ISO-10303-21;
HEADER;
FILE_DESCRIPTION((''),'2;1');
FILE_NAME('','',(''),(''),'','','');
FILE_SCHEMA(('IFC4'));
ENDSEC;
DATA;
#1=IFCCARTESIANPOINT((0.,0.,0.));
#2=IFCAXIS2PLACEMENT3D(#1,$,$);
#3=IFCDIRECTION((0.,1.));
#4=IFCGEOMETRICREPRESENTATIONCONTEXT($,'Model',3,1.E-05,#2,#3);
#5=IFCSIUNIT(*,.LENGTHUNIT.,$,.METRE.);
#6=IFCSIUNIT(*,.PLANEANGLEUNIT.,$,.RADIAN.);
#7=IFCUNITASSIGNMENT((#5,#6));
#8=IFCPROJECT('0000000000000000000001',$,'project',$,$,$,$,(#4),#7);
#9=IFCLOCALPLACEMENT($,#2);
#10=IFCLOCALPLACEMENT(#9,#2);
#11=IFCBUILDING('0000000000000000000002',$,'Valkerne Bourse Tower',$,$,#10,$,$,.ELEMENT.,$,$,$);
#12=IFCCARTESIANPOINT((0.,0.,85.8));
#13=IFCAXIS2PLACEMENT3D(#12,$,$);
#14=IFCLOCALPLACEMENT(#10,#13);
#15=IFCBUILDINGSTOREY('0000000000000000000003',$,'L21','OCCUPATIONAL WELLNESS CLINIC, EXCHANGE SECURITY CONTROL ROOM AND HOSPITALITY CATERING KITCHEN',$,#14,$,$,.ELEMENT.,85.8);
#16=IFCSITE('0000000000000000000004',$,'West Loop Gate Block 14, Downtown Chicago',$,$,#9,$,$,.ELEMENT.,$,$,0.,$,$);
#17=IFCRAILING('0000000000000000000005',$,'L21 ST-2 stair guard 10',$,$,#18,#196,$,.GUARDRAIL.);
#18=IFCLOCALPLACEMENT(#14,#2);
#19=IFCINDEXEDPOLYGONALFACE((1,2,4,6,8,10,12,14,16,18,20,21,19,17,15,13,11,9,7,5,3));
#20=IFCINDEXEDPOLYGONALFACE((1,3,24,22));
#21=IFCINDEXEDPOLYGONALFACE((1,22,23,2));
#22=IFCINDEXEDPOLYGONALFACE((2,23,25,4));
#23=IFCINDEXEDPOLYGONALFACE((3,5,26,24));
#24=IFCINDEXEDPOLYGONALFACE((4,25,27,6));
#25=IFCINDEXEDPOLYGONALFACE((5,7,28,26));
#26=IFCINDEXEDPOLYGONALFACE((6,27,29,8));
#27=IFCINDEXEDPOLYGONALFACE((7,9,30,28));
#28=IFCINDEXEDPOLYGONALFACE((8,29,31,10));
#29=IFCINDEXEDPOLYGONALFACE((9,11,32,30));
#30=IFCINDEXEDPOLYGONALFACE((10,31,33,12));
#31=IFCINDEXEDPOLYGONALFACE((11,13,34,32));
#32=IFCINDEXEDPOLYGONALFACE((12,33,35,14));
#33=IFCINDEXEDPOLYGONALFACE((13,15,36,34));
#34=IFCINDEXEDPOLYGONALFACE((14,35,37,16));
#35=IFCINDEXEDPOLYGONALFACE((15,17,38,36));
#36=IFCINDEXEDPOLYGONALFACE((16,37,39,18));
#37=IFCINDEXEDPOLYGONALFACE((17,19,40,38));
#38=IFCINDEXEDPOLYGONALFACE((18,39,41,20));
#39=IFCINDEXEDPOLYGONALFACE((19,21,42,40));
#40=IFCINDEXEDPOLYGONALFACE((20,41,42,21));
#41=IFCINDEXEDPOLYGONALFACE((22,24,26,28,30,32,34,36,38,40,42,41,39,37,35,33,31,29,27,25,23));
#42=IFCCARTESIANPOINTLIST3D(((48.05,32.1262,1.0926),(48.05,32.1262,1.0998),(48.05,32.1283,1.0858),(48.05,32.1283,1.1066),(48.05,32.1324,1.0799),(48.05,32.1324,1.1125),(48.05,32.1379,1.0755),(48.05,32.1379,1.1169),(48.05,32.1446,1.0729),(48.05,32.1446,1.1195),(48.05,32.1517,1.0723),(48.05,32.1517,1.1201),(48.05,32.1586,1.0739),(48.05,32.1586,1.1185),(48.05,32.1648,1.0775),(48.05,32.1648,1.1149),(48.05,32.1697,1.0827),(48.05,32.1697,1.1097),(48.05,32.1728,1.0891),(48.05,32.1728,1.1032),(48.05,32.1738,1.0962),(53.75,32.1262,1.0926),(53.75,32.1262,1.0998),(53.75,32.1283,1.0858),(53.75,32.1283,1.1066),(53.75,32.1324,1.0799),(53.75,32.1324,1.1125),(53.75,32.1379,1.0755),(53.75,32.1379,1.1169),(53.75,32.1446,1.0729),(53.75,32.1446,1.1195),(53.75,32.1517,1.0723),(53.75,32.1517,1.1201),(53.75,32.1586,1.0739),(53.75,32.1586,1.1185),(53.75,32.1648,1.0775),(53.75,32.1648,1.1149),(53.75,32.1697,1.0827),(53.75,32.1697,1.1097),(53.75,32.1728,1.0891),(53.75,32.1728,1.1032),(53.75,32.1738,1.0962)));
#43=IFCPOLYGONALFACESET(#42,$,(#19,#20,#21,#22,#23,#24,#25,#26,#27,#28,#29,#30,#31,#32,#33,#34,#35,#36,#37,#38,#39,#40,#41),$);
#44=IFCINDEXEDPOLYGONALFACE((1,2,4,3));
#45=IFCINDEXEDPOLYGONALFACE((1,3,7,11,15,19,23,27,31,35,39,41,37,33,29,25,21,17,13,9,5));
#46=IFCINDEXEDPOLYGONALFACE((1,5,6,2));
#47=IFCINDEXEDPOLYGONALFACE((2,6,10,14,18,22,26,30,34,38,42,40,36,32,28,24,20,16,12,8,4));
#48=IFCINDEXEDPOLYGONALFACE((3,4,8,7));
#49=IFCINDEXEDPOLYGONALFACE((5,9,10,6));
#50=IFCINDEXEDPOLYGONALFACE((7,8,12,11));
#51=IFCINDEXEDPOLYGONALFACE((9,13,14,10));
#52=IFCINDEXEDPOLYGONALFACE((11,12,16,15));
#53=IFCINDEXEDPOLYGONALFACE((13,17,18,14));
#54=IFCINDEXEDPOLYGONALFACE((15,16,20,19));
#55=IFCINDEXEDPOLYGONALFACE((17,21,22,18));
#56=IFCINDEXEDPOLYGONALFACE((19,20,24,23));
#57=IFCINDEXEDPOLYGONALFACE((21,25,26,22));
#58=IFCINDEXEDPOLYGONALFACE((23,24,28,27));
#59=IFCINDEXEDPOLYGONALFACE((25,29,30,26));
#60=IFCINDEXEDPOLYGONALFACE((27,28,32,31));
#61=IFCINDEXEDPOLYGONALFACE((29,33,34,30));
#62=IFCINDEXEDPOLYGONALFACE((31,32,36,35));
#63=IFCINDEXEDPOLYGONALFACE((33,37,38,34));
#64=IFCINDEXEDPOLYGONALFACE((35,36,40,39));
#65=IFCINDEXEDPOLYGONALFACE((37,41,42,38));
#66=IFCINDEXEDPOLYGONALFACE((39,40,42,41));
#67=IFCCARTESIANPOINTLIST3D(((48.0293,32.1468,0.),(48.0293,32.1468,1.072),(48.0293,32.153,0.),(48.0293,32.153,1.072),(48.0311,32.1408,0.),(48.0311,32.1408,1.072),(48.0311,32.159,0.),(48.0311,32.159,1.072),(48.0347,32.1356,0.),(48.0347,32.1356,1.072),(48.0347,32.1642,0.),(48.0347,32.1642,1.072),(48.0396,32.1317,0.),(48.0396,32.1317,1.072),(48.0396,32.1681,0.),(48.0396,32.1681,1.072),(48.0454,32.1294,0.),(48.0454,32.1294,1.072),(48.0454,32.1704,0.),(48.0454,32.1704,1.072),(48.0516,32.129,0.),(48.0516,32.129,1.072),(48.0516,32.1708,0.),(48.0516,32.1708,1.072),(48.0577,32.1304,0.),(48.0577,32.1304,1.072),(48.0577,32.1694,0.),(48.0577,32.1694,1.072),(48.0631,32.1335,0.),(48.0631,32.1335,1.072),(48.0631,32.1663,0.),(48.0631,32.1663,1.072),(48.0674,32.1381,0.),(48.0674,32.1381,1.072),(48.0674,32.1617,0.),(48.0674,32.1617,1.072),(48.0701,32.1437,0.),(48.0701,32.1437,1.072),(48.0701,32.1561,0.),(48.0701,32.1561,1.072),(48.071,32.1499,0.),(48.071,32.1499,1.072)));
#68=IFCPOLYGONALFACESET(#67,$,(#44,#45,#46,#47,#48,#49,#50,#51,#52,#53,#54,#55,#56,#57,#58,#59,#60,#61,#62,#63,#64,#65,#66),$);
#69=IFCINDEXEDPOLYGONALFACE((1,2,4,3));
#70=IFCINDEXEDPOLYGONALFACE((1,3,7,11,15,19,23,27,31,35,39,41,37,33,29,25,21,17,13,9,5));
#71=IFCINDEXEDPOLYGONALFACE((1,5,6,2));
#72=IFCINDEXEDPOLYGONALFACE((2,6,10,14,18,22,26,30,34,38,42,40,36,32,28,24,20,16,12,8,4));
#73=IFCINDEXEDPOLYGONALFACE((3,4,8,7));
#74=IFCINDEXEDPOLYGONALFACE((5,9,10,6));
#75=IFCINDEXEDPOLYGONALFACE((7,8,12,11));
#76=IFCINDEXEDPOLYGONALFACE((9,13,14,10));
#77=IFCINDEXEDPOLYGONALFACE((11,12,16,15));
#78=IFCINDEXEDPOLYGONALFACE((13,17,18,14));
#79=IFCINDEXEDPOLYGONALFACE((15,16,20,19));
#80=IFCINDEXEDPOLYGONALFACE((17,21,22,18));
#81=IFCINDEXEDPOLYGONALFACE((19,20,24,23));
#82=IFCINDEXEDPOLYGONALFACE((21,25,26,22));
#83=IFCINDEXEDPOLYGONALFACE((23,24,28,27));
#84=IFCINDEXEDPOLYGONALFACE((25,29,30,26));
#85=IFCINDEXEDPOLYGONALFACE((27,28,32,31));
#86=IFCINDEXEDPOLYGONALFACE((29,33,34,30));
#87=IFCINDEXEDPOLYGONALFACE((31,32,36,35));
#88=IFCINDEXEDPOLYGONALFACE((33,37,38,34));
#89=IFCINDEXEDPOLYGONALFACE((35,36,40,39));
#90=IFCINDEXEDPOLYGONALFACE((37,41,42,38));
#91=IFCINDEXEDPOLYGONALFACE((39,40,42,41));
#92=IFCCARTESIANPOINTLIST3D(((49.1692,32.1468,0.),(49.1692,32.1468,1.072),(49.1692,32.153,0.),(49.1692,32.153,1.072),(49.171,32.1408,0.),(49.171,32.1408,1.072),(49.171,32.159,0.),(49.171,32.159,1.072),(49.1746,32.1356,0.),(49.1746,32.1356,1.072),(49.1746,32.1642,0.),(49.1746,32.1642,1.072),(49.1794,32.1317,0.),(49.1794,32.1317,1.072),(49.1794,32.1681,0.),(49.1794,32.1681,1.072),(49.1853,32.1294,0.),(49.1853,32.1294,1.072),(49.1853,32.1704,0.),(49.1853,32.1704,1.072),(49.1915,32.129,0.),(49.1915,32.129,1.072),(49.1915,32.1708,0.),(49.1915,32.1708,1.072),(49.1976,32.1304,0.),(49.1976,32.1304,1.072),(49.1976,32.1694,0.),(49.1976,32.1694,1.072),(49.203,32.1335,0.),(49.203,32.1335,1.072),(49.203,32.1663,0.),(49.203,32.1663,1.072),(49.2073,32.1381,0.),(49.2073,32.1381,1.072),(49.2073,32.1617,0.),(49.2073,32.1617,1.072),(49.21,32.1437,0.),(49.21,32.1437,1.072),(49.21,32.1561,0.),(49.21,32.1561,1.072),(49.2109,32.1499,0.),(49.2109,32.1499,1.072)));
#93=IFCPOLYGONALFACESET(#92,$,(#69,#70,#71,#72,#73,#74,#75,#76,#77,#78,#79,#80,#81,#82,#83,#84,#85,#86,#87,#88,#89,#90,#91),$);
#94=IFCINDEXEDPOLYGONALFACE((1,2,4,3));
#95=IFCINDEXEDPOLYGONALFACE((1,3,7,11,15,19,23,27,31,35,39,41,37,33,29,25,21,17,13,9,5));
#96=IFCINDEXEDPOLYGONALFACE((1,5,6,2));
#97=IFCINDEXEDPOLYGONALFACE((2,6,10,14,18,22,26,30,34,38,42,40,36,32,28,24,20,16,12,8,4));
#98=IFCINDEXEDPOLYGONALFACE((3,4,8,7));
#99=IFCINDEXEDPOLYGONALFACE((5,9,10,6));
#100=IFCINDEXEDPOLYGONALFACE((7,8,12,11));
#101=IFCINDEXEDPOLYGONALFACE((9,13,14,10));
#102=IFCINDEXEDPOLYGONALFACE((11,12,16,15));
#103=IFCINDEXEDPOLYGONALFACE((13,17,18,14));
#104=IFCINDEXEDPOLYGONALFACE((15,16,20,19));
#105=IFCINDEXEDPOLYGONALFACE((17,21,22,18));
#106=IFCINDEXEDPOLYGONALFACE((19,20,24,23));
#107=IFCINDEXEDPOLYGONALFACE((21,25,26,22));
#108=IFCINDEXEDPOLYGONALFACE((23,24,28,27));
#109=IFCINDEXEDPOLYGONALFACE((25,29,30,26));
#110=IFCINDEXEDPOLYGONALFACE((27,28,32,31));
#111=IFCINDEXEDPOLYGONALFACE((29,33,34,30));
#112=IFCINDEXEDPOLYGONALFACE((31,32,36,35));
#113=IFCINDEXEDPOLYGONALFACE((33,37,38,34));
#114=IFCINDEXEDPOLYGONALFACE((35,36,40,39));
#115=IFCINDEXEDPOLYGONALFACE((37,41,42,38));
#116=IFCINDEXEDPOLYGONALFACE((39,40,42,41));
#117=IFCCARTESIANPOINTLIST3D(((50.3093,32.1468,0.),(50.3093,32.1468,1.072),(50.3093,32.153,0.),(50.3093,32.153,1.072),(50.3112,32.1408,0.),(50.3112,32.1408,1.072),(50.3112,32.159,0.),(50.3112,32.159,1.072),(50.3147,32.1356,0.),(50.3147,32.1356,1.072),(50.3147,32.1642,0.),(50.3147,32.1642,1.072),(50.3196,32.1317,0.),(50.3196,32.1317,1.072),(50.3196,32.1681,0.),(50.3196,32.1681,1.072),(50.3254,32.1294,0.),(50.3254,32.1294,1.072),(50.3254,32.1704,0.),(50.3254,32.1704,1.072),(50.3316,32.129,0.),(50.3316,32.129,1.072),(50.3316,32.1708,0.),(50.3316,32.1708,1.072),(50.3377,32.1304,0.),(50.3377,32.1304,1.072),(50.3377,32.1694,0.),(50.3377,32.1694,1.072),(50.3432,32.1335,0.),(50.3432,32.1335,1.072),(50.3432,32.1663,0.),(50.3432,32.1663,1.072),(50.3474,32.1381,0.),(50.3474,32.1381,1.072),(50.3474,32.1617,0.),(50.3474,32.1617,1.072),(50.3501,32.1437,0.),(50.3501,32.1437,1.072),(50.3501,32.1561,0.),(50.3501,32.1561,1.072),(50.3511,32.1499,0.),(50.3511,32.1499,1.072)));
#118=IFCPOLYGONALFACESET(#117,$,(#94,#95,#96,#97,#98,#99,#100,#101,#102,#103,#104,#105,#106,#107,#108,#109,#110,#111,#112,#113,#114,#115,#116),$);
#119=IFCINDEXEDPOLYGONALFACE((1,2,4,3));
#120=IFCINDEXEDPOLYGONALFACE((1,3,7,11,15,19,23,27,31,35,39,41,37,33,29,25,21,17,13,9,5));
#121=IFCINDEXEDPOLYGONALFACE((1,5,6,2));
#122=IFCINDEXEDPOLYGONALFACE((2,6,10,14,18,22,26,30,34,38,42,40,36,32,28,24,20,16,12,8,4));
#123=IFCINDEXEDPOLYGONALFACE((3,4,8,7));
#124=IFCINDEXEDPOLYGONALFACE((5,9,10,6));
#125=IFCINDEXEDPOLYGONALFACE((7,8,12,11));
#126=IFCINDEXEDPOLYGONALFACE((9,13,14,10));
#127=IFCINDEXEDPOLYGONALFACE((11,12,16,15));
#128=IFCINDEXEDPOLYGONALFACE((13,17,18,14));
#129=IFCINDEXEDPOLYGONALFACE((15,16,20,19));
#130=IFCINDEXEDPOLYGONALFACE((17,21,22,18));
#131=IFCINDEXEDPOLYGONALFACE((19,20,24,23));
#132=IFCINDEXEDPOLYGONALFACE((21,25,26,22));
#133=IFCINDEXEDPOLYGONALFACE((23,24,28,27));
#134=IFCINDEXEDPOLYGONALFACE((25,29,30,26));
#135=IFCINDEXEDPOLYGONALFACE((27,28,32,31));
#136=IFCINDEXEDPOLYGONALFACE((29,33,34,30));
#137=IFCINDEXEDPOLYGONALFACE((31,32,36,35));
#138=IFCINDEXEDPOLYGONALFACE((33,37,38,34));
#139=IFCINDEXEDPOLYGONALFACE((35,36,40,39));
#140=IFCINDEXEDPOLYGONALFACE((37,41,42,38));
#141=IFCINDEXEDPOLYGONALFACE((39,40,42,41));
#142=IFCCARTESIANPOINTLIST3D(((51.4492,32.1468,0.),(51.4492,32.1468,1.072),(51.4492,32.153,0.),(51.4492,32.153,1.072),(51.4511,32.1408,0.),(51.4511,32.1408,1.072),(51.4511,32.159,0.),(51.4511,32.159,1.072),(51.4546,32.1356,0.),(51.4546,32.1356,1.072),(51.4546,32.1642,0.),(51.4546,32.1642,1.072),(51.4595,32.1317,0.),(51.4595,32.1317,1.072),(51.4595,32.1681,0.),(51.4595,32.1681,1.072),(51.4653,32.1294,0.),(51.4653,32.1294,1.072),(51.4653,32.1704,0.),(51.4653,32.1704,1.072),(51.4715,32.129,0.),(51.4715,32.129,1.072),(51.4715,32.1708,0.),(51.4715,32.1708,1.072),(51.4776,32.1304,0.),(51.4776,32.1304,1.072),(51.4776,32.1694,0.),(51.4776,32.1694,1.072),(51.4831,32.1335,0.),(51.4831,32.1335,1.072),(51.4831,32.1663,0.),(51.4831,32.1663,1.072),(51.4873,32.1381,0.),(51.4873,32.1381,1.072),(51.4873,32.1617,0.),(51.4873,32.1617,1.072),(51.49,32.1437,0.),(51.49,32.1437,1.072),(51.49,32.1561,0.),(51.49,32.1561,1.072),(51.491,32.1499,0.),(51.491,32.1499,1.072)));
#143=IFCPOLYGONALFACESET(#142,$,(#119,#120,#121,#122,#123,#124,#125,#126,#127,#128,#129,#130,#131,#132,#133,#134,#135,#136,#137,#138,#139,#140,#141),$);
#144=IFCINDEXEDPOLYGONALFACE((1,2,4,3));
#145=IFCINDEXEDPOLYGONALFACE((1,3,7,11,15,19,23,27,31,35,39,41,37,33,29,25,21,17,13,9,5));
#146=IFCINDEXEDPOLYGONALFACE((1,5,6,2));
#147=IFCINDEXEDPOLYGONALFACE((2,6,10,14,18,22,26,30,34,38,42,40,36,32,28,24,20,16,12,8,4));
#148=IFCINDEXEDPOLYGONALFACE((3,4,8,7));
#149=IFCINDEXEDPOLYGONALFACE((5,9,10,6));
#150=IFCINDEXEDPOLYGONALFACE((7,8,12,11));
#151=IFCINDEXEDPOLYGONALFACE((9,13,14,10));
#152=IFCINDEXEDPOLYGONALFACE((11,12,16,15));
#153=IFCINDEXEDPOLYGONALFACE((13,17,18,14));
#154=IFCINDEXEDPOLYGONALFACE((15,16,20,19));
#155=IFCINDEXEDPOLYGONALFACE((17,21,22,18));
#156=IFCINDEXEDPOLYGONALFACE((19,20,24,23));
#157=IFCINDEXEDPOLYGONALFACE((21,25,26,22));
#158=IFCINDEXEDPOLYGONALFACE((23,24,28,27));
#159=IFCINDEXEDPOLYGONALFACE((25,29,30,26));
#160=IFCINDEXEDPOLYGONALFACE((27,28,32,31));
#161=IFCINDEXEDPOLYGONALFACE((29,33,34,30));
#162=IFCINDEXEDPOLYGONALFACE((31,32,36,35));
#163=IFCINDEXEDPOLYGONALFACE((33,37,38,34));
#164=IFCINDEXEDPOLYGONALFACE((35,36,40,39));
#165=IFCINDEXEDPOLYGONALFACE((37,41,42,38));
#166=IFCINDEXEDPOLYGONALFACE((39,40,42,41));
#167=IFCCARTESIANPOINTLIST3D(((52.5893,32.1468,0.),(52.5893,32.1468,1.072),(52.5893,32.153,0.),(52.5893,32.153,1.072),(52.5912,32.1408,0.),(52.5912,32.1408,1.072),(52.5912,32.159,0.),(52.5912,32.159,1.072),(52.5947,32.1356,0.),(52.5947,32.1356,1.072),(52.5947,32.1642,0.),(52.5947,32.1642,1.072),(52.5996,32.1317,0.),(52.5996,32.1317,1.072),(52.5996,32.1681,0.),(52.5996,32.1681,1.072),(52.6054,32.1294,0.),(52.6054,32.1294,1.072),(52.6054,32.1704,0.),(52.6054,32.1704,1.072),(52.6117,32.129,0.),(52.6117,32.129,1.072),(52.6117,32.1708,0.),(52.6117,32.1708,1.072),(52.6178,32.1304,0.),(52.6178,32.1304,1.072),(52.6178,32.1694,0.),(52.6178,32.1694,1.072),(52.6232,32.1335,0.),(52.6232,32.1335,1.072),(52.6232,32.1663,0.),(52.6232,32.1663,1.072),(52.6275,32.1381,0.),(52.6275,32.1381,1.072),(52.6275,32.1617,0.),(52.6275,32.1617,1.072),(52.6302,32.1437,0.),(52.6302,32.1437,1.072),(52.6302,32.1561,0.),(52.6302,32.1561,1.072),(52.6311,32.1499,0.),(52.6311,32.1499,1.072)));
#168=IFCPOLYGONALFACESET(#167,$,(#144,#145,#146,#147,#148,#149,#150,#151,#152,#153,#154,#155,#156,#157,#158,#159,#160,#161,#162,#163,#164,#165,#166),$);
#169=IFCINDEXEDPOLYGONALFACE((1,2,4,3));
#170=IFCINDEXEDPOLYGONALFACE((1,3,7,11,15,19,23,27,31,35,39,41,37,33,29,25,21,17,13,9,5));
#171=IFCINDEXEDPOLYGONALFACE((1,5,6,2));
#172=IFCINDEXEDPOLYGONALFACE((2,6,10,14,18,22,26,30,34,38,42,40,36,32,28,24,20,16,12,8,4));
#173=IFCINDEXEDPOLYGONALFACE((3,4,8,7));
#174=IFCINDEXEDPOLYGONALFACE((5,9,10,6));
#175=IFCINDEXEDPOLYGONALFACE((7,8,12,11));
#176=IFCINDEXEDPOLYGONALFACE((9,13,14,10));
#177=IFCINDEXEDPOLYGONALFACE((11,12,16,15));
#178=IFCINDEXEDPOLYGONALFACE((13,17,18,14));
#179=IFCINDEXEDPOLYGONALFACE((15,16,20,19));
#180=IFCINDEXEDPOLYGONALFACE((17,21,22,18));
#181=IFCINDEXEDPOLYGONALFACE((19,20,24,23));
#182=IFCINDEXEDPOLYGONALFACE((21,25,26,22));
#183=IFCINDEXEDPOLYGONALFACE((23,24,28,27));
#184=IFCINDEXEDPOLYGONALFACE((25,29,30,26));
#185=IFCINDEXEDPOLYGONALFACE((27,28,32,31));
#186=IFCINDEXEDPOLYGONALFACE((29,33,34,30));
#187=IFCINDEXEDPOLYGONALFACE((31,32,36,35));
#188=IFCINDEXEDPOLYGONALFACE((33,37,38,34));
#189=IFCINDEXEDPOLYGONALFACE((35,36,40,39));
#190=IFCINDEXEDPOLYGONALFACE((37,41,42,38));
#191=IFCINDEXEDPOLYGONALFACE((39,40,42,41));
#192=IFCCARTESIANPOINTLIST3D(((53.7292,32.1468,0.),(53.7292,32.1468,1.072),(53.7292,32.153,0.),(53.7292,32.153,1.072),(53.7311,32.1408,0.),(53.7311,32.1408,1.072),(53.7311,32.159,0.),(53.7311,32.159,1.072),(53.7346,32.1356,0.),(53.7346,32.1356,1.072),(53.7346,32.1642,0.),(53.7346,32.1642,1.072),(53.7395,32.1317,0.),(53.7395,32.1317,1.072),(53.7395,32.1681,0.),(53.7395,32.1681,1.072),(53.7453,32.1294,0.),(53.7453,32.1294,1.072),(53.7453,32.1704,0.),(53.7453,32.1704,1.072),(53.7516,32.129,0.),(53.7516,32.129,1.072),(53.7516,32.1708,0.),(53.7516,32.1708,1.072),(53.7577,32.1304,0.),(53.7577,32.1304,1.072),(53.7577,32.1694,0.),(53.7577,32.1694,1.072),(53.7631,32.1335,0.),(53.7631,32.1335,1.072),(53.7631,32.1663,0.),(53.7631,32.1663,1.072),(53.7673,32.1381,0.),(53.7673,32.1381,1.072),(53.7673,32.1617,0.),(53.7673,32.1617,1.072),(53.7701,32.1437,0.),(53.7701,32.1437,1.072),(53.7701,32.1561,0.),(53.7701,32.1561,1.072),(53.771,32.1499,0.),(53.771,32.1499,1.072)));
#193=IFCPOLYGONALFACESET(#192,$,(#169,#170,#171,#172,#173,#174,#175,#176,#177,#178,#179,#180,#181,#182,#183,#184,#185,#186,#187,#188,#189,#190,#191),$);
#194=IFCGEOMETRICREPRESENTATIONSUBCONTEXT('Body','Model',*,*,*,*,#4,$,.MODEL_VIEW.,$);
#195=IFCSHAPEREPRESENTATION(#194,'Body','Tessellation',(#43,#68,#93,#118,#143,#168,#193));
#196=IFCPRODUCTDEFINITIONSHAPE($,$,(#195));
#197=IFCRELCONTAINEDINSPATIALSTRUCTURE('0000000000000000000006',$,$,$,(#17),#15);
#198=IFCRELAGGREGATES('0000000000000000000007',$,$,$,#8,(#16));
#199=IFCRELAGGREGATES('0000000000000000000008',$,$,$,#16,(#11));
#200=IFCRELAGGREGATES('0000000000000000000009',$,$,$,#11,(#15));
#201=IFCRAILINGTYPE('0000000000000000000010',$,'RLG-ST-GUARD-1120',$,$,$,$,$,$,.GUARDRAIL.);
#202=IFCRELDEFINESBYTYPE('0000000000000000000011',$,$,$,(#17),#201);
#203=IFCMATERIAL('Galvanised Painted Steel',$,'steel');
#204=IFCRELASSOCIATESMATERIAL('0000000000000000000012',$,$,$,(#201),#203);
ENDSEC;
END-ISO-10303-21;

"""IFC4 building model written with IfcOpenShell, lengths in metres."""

from ifc_helpers import new_model, si_unit, direction, frame, origin, origin_2d, place, context, subcontext, project, spatial, circle, extrude, material, type_object, element, save


model = new_model("IFC4")

# Units and contexts
model_context = context("Model", 3, precision=1e-05, world=origin(), true_north=direction((0.0, 1.0)))
body_context = subcontext(model_context, "Body", "Model", "MODEL_VIEW")
ifc_project = project(units=[si_unit("LENGTHUNIT", "METRE"), si_unit("PLANEANGLEUNIT", "RADIAN")], contexts=[model_context])

# Site, building, storey
site_placement = place(None, origin())
site = spatial("IfcSite", under=ifc_project, at=site_placement, Name="West Loop Gate Block 14, Downtown Chicago", CompositionType="ELEMENT", RefElevation=0.0)
building_placement = place(site_placement, origin())
building = spatial("IfcBuilding", under=site, at=building_placement, Name="Valkerne Bourse Tower", CompositionType="ELEMENT")
storey_placement = place(building_placement, frame((0.0, 0.0, 85.8)))
storey = spatial("IfcBuildingStorey", under=building, at=storey_placement, Name="L21", Description="OCCUPATIONAL WELLNESS CLINIC, EXCHANGE SECURITY CONTROL ROOM AND HOSPITALITY CATERING KITCHEN", CompositionType="ELEMENT", Elevation=85.8)

# Shared definitions
ifc_material_1 = material(Name="Galvanised Painted Steel", Category="steel")

# Railing
railing_type_1 = type_object("IfcRailingType", Name="RLG-ST-GUARD-1120", PredefinedType="GUARDRAIL", material=ifc_material_1)
for number, where, name in (
    (1, (48.05, 32.1499, 0.0), "L21 ST-2 stair guard 10"),
):
    element("IfcRailing", number, at=place(storey_placement, frame(where)), inside=storey, type_object=railing_type_1, Name=name, PredefinedType="GUARDRAIL", context=body_context, shape_type="SweptSolid", body=[
        extrude(circle(Radius=0.0239, at=origin_2d()), frame((0.0, 0.0, 1.0962), z_axis=(1.0, 0.0, 0.0), x_axis=(0.0, 1.0, 0.0)), (0.0, 0.0, 1.0), 5.7),
        extrude(circle(Radius=0.021, at=origin_2d()), origin(), (0.0, 0.0, 1.0), 1.072),
        extrude(circle(Radius=0.021, at=origin_2d()), frame((1.1399, 0.0, 0.0)), (0.0, 0.0, 1.0), 1.072),
        extrude(circle(Radius=0.021, at=origin_2d()), frame((2.28, 0.0, 0.0)), (0.0, 0.0, 1.0), 1.072),
        extrude(circle(Radius=0.021, at=origin_2d()), frame((3.4199, 0.0, 0.0)), (0.0, 0.0, 1.0), 1.072),
        extrude(circle(Radius=0.021, at=origin_2d()), frame((4.5601, 0.0, 0.0)), (0.0, 0.0, 1.0), 1.072),
        extrude(circle(Radius=0.021, at=origin_2d()), frame((5.7, 0.0, 0.0)), (0.0, 0.0, 1.0), 1.072),
    ])

save(model, "model.ifc")
